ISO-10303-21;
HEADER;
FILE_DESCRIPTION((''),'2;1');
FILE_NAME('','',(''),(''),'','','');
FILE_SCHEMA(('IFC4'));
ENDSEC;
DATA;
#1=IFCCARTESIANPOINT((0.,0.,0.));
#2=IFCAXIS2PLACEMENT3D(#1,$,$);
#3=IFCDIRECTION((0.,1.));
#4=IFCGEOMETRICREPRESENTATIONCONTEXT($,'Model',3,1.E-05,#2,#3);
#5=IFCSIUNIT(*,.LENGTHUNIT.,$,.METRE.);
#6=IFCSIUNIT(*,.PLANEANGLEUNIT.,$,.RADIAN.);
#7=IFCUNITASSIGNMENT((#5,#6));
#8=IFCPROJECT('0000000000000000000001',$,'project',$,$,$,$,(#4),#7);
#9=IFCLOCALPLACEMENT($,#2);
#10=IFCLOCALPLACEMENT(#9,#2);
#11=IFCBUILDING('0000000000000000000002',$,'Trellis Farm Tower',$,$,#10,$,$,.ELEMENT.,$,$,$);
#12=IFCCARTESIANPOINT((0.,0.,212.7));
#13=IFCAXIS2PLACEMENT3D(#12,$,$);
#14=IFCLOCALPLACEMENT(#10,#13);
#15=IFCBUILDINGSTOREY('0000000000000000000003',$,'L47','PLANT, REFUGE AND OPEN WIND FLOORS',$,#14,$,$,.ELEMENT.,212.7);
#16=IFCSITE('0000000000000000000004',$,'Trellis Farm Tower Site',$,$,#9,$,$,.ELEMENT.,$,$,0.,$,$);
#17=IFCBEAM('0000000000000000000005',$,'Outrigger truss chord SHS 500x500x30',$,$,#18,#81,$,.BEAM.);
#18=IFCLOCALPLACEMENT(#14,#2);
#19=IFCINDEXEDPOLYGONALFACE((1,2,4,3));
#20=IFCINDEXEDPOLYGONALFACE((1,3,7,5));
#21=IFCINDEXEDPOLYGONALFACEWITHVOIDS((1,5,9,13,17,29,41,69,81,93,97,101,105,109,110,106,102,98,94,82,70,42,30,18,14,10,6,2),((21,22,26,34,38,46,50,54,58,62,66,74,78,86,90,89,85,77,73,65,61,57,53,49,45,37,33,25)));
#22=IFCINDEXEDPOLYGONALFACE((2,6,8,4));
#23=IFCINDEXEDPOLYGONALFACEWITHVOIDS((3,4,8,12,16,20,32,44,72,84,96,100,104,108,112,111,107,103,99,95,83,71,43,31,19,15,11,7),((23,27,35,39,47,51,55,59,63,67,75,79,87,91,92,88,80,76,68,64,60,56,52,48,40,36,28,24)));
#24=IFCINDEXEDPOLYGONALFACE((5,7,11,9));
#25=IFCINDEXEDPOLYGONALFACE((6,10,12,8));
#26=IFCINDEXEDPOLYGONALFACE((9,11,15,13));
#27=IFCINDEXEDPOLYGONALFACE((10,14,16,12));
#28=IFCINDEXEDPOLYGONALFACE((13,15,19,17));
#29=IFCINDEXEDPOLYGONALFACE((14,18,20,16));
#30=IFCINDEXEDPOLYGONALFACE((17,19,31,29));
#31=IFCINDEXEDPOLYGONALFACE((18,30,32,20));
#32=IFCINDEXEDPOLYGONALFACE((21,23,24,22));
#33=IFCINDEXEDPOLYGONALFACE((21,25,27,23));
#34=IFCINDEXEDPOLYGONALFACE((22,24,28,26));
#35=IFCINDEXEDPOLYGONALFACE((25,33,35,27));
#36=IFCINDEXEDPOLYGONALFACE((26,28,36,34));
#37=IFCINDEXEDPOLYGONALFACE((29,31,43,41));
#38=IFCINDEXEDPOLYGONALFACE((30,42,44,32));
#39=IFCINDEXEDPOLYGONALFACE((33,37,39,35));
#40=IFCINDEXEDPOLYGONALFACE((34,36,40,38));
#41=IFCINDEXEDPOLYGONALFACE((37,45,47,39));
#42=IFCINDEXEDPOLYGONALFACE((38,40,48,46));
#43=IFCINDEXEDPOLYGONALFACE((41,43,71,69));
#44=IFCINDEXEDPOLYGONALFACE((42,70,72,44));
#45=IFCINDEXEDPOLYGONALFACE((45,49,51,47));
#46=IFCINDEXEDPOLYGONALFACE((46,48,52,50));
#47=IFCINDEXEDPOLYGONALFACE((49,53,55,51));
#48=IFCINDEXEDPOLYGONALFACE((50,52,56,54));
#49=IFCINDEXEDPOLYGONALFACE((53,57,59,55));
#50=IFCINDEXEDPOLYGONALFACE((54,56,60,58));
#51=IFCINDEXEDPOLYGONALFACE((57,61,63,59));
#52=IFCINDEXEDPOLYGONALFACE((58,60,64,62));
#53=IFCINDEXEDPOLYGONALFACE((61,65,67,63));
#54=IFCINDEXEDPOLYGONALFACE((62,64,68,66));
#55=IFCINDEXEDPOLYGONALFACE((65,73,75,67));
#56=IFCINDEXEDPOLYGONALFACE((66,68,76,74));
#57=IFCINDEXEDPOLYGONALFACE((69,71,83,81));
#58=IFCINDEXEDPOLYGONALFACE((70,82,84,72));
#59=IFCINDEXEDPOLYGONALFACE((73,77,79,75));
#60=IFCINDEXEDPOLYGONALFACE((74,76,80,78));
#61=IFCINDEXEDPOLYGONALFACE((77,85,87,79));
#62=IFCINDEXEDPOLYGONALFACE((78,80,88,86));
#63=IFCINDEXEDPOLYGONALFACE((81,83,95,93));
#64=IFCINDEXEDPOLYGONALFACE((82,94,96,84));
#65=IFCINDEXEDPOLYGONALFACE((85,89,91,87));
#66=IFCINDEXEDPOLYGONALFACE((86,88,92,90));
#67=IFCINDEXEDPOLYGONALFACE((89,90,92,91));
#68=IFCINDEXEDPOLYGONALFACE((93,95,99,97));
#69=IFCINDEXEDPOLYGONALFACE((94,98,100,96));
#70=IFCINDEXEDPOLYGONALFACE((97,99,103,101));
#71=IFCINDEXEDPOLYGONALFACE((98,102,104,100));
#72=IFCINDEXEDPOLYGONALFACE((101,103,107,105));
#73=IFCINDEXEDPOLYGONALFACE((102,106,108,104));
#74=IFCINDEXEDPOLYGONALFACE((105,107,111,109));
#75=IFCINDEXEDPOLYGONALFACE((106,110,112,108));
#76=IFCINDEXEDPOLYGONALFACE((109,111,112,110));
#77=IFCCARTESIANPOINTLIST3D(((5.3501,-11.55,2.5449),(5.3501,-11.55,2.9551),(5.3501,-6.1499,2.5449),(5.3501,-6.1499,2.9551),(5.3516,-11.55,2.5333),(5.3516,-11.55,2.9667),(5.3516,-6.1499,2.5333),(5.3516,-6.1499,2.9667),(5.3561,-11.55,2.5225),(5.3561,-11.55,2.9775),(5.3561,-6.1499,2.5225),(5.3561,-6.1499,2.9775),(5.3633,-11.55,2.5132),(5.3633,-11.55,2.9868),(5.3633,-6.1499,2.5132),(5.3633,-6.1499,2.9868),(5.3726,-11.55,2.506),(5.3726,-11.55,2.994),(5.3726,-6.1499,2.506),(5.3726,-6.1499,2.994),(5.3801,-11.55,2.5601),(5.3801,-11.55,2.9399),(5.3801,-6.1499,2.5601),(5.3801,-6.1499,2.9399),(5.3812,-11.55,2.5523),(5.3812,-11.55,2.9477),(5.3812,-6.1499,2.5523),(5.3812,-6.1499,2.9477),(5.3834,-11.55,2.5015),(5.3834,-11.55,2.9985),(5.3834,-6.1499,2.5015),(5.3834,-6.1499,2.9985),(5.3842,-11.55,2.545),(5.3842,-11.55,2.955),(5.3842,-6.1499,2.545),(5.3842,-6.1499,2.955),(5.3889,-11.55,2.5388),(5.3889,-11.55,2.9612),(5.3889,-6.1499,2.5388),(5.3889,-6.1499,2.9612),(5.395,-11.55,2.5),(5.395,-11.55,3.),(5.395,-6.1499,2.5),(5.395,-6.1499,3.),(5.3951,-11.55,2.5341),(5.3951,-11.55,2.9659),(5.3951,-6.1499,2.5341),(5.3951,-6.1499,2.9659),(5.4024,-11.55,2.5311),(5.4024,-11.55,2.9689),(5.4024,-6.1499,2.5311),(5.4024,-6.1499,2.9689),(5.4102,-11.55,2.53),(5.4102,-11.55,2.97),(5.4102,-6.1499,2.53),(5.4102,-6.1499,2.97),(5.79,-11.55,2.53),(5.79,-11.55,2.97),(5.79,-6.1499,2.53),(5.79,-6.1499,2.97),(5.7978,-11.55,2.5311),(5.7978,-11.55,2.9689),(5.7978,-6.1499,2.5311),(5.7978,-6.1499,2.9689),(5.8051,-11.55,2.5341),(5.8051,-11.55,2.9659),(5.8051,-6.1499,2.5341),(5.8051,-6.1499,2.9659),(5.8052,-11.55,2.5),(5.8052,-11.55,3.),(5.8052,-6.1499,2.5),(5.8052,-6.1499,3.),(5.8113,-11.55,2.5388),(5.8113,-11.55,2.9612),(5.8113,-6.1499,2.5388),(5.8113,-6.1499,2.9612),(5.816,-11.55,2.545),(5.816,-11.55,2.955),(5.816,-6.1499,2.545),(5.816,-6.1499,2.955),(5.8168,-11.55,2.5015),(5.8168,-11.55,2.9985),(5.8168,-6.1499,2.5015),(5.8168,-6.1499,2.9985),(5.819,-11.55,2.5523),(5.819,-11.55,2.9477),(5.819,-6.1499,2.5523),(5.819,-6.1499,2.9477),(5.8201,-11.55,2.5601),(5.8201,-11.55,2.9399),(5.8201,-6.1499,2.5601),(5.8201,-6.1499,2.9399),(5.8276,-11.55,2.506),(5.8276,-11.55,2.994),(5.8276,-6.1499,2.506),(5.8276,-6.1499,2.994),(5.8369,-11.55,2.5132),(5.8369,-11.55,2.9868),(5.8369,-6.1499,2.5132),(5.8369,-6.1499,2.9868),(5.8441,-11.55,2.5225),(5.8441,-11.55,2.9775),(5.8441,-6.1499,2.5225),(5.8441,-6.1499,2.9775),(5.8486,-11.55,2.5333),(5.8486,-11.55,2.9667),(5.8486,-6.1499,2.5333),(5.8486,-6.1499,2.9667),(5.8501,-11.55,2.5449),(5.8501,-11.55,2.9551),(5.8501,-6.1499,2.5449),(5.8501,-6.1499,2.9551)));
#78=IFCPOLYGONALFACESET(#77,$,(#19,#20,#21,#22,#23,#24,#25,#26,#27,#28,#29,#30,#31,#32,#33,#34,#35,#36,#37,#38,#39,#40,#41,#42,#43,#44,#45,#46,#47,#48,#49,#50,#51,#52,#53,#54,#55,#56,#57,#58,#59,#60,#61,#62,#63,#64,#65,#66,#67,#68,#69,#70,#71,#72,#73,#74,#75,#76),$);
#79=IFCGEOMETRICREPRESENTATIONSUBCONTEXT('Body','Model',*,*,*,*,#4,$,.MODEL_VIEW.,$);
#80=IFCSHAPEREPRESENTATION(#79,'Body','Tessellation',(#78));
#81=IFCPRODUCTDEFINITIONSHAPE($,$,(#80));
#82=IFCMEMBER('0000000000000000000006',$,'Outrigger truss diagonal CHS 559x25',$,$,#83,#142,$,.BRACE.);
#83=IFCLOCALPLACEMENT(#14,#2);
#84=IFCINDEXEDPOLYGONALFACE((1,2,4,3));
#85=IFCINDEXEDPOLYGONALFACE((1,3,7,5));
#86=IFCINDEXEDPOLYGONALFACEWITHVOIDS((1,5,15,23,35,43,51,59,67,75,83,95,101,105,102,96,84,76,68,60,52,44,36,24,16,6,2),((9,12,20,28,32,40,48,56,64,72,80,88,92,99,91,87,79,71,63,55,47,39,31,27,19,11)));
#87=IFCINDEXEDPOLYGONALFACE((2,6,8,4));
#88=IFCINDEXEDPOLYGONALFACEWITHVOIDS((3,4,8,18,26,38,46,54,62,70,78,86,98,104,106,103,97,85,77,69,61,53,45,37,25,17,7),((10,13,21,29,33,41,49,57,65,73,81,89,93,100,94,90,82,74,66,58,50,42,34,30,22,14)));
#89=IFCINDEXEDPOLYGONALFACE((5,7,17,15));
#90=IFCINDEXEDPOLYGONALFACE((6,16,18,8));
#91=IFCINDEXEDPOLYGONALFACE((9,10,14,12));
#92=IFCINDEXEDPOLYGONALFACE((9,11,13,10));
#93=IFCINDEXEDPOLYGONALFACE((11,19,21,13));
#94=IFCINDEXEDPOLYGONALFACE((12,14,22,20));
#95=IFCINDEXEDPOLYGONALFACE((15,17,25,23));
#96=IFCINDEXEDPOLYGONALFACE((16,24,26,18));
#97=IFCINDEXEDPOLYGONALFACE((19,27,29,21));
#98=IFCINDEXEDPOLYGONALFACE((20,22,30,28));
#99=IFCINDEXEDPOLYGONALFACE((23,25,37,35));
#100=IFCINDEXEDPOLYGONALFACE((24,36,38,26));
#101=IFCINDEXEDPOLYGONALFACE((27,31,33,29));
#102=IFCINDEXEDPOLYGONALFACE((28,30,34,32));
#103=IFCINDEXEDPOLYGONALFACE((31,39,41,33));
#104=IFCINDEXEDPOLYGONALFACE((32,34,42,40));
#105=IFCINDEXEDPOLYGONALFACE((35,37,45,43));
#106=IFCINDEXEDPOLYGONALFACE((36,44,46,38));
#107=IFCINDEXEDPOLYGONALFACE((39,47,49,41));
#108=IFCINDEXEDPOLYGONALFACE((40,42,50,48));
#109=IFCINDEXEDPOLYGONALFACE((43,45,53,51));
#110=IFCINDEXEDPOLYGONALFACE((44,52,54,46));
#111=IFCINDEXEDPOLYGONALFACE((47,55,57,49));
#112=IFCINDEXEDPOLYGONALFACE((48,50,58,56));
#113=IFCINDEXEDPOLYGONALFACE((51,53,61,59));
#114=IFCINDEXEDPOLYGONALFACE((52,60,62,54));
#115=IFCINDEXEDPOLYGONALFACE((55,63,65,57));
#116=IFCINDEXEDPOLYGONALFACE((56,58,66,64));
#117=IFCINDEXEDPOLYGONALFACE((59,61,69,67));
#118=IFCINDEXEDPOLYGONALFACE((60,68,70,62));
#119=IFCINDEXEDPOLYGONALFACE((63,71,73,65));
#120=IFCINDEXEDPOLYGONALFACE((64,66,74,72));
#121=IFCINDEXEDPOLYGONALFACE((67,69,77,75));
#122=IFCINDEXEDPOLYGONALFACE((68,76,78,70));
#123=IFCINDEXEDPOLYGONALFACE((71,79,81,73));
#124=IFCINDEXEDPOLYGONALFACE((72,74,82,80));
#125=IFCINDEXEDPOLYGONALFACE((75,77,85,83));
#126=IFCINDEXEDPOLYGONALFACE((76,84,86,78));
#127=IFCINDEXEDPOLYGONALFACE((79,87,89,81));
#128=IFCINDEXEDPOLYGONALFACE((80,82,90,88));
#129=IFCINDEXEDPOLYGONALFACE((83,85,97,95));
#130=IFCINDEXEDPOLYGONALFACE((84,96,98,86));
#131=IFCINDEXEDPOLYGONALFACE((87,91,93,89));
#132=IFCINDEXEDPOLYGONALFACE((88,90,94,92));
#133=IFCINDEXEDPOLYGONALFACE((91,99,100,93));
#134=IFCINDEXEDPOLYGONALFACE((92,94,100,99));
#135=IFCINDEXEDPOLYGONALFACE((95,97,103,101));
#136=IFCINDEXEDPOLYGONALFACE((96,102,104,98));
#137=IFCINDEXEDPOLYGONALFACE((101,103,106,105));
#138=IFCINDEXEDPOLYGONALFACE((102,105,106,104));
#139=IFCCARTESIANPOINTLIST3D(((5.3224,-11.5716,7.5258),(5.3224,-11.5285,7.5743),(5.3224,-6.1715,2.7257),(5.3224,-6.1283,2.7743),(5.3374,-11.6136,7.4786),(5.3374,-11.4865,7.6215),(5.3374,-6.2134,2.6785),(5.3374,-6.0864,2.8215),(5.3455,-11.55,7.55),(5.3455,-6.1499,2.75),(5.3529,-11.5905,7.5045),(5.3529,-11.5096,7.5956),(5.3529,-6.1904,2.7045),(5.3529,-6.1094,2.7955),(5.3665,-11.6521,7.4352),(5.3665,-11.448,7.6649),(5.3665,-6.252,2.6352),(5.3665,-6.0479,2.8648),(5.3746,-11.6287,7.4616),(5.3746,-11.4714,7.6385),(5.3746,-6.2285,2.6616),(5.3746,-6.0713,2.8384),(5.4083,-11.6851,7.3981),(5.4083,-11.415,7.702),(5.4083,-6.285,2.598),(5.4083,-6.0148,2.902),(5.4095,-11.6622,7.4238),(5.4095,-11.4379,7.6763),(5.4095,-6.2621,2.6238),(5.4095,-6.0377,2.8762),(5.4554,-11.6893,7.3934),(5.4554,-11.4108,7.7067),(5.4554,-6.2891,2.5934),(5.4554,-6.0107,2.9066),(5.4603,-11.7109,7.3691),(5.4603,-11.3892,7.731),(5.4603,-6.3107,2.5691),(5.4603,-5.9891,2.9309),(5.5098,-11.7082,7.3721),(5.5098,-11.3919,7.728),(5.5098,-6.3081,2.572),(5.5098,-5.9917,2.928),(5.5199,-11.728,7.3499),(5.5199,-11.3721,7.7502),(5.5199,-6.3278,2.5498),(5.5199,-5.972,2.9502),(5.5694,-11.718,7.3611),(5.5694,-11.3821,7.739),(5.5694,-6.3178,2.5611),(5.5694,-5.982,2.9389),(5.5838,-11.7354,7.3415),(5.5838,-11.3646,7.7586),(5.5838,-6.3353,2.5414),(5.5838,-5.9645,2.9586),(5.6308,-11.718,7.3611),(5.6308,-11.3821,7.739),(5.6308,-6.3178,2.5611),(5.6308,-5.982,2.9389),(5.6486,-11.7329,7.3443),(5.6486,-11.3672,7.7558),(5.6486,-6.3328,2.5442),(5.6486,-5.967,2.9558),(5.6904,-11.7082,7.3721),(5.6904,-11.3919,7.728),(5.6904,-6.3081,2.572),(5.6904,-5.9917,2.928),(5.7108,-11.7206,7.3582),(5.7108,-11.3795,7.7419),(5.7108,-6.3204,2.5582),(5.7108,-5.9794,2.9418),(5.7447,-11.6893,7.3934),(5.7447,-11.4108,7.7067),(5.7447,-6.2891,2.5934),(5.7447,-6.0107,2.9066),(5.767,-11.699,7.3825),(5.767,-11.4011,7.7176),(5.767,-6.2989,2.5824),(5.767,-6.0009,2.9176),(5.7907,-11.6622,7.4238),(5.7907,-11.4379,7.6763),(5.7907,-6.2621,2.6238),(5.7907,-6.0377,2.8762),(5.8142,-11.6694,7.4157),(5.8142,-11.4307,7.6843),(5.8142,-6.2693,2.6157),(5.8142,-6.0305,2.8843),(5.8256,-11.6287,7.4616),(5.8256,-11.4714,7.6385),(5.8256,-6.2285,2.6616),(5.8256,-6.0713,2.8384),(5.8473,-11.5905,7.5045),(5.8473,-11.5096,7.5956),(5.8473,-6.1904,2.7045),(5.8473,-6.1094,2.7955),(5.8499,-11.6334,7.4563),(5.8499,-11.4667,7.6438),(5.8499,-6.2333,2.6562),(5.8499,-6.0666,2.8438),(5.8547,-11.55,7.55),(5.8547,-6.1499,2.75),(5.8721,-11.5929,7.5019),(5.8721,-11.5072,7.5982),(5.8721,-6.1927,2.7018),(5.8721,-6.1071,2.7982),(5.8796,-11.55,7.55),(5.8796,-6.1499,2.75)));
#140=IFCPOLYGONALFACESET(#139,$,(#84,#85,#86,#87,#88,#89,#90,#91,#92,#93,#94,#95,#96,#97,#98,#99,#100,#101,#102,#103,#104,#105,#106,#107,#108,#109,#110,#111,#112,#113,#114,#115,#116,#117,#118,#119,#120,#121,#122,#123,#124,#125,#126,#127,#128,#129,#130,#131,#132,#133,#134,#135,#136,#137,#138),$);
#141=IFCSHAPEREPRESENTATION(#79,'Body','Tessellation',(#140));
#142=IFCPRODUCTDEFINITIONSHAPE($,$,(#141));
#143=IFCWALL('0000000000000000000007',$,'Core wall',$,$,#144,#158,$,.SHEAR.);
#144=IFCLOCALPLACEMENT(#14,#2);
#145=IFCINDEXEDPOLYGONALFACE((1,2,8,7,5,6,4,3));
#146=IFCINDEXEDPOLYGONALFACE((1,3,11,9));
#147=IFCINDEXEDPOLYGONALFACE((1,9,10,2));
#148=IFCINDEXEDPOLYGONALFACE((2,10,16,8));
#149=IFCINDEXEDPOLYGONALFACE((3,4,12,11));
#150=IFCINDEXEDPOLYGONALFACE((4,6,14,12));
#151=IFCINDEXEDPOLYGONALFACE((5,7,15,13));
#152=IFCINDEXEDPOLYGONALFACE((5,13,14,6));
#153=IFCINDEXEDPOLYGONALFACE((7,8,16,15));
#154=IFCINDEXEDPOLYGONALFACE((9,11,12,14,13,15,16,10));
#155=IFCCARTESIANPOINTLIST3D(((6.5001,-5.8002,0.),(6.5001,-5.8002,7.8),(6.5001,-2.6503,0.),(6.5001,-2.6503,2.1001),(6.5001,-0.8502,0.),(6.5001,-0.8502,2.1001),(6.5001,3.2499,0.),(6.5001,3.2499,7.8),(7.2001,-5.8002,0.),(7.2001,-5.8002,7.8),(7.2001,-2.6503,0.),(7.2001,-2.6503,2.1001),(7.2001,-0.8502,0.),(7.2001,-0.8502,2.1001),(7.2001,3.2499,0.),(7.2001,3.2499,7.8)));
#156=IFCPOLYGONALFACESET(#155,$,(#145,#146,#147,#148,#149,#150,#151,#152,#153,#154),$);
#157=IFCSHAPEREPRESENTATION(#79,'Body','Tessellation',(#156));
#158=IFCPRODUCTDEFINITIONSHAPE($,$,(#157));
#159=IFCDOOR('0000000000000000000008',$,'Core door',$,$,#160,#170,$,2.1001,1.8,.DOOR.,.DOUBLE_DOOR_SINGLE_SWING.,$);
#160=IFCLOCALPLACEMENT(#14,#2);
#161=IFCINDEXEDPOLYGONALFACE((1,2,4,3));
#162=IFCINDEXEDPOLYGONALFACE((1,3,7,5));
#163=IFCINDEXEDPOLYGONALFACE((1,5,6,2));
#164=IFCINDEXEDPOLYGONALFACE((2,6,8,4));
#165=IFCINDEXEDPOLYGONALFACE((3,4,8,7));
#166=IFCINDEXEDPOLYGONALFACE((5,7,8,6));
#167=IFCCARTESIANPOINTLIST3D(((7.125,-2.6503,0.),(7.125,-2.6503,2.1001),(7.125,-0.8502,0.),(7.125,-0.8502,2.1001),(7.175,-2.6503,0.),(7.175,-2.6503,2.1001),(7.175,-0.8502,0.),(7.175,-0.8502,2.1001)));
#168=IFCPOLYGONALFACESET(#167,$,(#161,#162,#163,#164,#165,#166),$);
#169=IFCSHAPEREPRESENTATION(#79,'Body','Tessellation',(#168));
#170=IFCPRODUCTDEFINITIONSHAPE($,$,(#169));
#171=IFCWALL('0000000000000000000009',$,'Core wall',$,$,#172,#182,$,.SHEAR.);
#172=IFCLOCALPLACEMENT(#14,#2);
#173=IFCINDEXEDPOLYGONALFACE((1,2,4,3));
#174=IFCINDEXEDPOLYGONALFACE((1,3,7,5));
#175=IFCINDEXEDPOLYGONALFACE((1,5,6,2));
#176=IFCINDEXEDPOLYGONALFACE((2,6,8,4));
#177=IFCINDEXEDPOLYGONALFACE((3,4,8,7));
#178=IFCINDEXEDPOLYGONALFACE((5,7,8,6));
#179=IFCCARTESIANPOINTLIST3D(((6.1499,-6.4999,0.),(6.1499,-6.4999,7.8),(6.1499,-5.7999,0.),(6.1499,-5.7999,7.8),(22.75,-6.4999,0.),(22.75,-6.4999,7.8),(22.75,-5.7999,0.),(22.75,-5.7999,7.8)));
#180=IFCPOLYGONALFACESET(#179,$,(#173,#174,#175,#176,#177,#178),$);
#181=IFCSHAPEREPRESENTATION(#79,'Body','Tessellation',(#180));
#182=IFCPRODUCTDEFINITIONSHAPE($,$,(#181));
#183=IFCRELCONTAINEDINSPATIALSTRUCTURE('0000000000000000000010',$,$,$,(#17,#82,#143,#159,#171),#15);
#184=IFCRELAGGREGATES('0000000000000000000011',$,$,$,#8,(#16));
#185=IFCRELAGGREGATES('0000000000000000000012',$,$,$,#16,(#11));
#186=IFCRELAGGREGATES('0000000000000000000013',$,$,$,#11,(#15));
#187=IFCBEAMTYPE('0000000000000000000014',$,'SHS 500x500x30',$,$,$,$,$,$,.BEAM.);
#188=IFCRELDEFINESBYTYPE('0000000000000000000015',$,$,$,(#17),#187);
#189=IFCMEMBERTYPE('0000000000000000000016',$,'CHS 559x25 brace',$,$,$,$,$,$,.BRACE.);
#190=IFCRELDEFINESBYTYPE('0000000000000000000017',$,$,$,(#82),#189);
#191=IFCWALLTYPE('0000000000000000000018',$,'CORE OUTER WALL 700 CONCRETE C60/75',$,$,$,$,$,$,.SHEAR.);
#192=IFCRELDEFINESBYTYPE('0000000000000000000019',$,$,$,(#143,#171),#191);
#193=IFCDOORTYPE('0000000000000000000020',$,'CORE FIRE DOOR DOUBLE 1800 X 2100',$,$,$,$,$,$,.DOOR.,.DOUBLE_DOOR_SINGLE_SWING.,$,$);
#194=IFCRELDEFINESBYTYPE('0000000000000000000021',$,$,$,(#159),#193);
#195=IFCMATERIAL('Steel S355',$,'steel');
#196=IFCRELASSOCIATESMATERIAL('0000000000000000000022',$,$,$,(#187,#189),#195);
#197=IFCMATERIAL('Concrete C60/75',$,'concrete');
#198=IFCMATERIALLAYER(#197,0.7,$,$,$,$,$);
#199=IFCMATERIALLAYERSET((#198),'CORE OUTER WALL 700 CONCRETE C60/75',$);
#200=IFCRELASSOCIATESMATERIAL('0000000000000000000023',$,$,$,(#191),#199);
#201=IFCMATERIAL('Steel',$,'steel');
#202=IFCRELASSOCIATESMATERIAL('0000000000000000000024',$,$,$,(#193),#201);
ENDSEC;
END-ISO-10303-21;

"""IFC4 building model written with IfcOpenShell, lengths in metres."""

from ifc_helpers import new_model, si_unit, direction, frame, frame_2d, origin, origin_2d, place, context, subcontext, project, spatial, rectangle, hollow_rectangle, hollow_circle, extrude, source, transform, mapped, material, layer, layer_set, material_profile, profile_set, type_object, element, fill, save


model = new_model("IFC4")

# Units and contexts
model_context = context("Model", 3, precision=1e-05, world=origin(), true_north=direction((0.0, 1.0)))
body_context = subcontext(model_context, "Body", "Model", "MODEL_VIEW")
ifc_project = project(units=[si_unit("LENGTHUNIT", "METRE"), si_unit("PLANEANGLEUNIT", "RADIAN")], contexts=[model_context])

# Site, building, storey
site_placement = place(None, origin())
site = spatial("IfcSite", under=ifc_project, at=site_placement, Name="Trellis Farm Tower Site", CompositionType="ELEMENT", RefElevation=0.0)
building_placement = place(site_placement, origin())
building = spatial("IfcBuilding", under=site, at=building_placement, Name="Trellis Farm Tower", CompositionType="ELEMENT")
storey_placement = place(building_placement, frame((0.0, 0.0, 212.7)))
storey = spatial("IfcBuildingStorey", under=building, at=storey_placement, Name="L47", Description="PLANT, REFUGE AND OPEN WIND FLOORS", CompositionType="ELEMENT", Elevation=212.7)

# Shared definitions
ifc_material_1 = material(Name="Concrete C60/75", Category="concrete")

# Beam
ifc_material_2 = material(Name="Steel S355", Category="steel")
ifc_material_profile_1 = material_profile(ifc_material_2, hollow_rectangle(XDim=0.5, YDim=0.5, WallThickness=0.03, InnerFilletRadius=0.03, OuterFilletRadius=0.0449, at=origin_2d()), Name="SHS 500x500x30")
ifc_profile_set_1 = profile_set([ifc_material_profile_1], Name="Steel S355")
beam_type_1 = type_object("IfcBeamType", Name="SHS 500x500x30", PredefinedType="BEAM", material=ifc_profile_set_1)
shared_shape_1 = source(origin(), body_context, "Body", "SweptSolid", [
    extrude(hollow_rectangle(XDim=0.5, YDim=0.5, WallThickness=0.03, InnerFilletRadius=0.03, OuterFilletRadius=0.0449, at=origin_2d()), origin(), (0.0, 0.0, 1.0), 5.4001),
])
beam_1_placement = place(storey_placement, frame((5.6001, -11.55, 2.75), z_axis=(0.0, 1.0, 0.0), x_axis=(-1.0, 0.0, 0.0)))
element("IfcBeam", 1, at=beam_1_placement, inside=storey, type_object=beam_type_1, Name="Outrigger truss chord SHS 500x500x30", PredefinedType="BEAM", context=body_context, shape_type="MappedRepresentation", body=[
    mapped(shared_shape_1, transform((0.0, 0.0, 0.0))),
])

# Member
ifc_material_profile_2 = material_profile(ifc_material_2, hollow_circle(Radius=0.2795, WallThickness=0.0249, at=origin_2d()), Name="CHS 559x25")
ifc_profile_set_2 = profile_set([ifc_material_profile_2], Name="Steel S355")
member_type = type_object("IfcMemberType", Name="CHS 559x25 brace", PredefinedType="BRACE", material=ifc_profile_set_2)
shared_shape_2 = source(origin(), body_context, "Body", "SweptSolid", [
    extrude(hollow_circle(Radius=0.2795, WallThickness=0.0249, at=origin_2d()), origin(), (0.0, 0.0, 1.0), 7.2251),
])
member_placement = place(storey_placement, frame((5.6001, -6.1499, 2.75), z_axis=(0.0, -0.747415, 0.664358), x_axis=(1.0, 0.0, 0.0)))
element("IfcMember", 2, at=member_placement, inside=storey, type_object=member_type, Name="Outrigger truss diagonal CHS 559x25", PredefinedType="BRACE", context=body_context, shape_type="MappedRepresentation", body=[
    mapped(shared_shape_2, transform((0.0, 0.0, 0.0))),
])

# Wall, opening, door
ifc_layer_1 = layer(ifc_material_1, 0.7)
ifc_layer_set_1 = layer_set([ifc_layer_1], Name="CORE OUTER WALL 700 CONCRETE C60/75")
wall_type_1 = type_object("IfcWallType", Name="CORE OUTER WALL 700 CONCRETE C60/75", PredefinedType="SHEAR", material=ifc_layer_set_1)
shared_shape_3 = source(origin(), body_context, "Body", "SweptSolid", [
    extrude(rectangle(XDim=9.05, YDim=0.7, at=frame_2d((4.5249, 0.0))), origin(), (0.0, 0.0, 1.0), 7.8),
])
wall_1_placement = place(storey_placement, frame((6.8501, -5.8, 0.0), z_axis=(0.0, 0.0, 1.0), x_axis=(0.0, 1.0, 0.0)))
wall_1 = element("IfcWall", 3, at=wall_1_placement, inside=storey, type_object=wall_type_1, Name="Core wall", PredefinedType="SHEAR", context=body_context, shape_type="MappedRepresentation", body=[
    mapped(shared_shape_3, transform((0.0, 0.0, 0.0))),
])
shared_shape_4 = source(origin(), body_context, "Body", "SweptSolid", [
    extrude(rectangle(XDim=1.8, YDim=2.1001, at=frame_2d((0.8999, 1.05))), frame((0.0, 0.3601, 0.0), z_axis=(0.0, -1.0, 0.0), x_axis=(1.0, 0.0, 0.0)), (0.0, 0.0, 1.0), 0.7202),
])
opening_1_placement = place(wall_1_placement, frame((3.1499, 0.0, 0.0)))
opening_1 = element("IfcOpeningElement", 4, at=opening_1_placement, cuts=wall_1, PredefinedType="OPENING", context=body_context, shape_type="MappedRepresentation", body=[
    mapped(shared_shape_4, transform((0.0, 0.0, 0.0))),
])
ifc_material_3 = material(Name="Steel", Category="steel")
door_type_1 = type_object("IfcDoorType", Name="CORE FIRE DOOR DOUBLE 1800 X 2100", OperationType="DOUBLE_DOOR_SINGLE_SWING", PredefinedType="DOOR", material=ifc_material_3)
shared_shape_5 = source(origin(), body_context, "Body", "SweptSolid", [
    extrude(rectangle(XDim=1.8, YDim=2.1001, at=frame_2d((0.8999, 1.05))), frame((0.0, -0.2749, 0.0), z_axis=(0.0, -1.0, 0.0), x_axis=(1.0, 0.0, 0.0)), (0.0, 0.0, 1.0), 0.05),
])
door_1_placement = place(opening_1_placement, origin())
door_1 = element("IfcDoor", 5, at=door_1_placement, inside=storey, type_object=door_type_1, Name="Core door", OperationType="DOUBLE_DOOR_SINGLE_SWING", OverallHeight=2.1001, OverallWidth=1.8, PredefinedType="DOOR", context=body_context, shape_type="MappedRepresentation", body=[
    mapped(shared_shape_5, transform((0.0, 0.0, 0.0))),
])
fill(opening_1, door_1)

# Wall
shared_shape_6 = source(origin(), body_context, "Body", "SweptSolid", [
    extrude(rectangle(XDim=16.6001, YDim=0.7, at=frame_2d((8.3, 0.0))), origin(), (0.0, 0.0, 1.0), 7.8),
])
wall_2_placement = place(storey_placement, frame((6.1499, -6.1499, 0.0), z_axis=(0.0, 0.0, 1.0), x_axis=(1.0, 0.0, 0.0)))
element("IfcWall", 6, at=wall_2_placement, inside=storey, type_object=wall_type_1, Name="Core wall", PredefinedType="SHEAR", context=body_context, shape_type="MappedRepresentation", body=[
    mapped(shared_shape_6, transform((0.0, 0.0, 0.0))),
])

save(model, "model.ifc")
